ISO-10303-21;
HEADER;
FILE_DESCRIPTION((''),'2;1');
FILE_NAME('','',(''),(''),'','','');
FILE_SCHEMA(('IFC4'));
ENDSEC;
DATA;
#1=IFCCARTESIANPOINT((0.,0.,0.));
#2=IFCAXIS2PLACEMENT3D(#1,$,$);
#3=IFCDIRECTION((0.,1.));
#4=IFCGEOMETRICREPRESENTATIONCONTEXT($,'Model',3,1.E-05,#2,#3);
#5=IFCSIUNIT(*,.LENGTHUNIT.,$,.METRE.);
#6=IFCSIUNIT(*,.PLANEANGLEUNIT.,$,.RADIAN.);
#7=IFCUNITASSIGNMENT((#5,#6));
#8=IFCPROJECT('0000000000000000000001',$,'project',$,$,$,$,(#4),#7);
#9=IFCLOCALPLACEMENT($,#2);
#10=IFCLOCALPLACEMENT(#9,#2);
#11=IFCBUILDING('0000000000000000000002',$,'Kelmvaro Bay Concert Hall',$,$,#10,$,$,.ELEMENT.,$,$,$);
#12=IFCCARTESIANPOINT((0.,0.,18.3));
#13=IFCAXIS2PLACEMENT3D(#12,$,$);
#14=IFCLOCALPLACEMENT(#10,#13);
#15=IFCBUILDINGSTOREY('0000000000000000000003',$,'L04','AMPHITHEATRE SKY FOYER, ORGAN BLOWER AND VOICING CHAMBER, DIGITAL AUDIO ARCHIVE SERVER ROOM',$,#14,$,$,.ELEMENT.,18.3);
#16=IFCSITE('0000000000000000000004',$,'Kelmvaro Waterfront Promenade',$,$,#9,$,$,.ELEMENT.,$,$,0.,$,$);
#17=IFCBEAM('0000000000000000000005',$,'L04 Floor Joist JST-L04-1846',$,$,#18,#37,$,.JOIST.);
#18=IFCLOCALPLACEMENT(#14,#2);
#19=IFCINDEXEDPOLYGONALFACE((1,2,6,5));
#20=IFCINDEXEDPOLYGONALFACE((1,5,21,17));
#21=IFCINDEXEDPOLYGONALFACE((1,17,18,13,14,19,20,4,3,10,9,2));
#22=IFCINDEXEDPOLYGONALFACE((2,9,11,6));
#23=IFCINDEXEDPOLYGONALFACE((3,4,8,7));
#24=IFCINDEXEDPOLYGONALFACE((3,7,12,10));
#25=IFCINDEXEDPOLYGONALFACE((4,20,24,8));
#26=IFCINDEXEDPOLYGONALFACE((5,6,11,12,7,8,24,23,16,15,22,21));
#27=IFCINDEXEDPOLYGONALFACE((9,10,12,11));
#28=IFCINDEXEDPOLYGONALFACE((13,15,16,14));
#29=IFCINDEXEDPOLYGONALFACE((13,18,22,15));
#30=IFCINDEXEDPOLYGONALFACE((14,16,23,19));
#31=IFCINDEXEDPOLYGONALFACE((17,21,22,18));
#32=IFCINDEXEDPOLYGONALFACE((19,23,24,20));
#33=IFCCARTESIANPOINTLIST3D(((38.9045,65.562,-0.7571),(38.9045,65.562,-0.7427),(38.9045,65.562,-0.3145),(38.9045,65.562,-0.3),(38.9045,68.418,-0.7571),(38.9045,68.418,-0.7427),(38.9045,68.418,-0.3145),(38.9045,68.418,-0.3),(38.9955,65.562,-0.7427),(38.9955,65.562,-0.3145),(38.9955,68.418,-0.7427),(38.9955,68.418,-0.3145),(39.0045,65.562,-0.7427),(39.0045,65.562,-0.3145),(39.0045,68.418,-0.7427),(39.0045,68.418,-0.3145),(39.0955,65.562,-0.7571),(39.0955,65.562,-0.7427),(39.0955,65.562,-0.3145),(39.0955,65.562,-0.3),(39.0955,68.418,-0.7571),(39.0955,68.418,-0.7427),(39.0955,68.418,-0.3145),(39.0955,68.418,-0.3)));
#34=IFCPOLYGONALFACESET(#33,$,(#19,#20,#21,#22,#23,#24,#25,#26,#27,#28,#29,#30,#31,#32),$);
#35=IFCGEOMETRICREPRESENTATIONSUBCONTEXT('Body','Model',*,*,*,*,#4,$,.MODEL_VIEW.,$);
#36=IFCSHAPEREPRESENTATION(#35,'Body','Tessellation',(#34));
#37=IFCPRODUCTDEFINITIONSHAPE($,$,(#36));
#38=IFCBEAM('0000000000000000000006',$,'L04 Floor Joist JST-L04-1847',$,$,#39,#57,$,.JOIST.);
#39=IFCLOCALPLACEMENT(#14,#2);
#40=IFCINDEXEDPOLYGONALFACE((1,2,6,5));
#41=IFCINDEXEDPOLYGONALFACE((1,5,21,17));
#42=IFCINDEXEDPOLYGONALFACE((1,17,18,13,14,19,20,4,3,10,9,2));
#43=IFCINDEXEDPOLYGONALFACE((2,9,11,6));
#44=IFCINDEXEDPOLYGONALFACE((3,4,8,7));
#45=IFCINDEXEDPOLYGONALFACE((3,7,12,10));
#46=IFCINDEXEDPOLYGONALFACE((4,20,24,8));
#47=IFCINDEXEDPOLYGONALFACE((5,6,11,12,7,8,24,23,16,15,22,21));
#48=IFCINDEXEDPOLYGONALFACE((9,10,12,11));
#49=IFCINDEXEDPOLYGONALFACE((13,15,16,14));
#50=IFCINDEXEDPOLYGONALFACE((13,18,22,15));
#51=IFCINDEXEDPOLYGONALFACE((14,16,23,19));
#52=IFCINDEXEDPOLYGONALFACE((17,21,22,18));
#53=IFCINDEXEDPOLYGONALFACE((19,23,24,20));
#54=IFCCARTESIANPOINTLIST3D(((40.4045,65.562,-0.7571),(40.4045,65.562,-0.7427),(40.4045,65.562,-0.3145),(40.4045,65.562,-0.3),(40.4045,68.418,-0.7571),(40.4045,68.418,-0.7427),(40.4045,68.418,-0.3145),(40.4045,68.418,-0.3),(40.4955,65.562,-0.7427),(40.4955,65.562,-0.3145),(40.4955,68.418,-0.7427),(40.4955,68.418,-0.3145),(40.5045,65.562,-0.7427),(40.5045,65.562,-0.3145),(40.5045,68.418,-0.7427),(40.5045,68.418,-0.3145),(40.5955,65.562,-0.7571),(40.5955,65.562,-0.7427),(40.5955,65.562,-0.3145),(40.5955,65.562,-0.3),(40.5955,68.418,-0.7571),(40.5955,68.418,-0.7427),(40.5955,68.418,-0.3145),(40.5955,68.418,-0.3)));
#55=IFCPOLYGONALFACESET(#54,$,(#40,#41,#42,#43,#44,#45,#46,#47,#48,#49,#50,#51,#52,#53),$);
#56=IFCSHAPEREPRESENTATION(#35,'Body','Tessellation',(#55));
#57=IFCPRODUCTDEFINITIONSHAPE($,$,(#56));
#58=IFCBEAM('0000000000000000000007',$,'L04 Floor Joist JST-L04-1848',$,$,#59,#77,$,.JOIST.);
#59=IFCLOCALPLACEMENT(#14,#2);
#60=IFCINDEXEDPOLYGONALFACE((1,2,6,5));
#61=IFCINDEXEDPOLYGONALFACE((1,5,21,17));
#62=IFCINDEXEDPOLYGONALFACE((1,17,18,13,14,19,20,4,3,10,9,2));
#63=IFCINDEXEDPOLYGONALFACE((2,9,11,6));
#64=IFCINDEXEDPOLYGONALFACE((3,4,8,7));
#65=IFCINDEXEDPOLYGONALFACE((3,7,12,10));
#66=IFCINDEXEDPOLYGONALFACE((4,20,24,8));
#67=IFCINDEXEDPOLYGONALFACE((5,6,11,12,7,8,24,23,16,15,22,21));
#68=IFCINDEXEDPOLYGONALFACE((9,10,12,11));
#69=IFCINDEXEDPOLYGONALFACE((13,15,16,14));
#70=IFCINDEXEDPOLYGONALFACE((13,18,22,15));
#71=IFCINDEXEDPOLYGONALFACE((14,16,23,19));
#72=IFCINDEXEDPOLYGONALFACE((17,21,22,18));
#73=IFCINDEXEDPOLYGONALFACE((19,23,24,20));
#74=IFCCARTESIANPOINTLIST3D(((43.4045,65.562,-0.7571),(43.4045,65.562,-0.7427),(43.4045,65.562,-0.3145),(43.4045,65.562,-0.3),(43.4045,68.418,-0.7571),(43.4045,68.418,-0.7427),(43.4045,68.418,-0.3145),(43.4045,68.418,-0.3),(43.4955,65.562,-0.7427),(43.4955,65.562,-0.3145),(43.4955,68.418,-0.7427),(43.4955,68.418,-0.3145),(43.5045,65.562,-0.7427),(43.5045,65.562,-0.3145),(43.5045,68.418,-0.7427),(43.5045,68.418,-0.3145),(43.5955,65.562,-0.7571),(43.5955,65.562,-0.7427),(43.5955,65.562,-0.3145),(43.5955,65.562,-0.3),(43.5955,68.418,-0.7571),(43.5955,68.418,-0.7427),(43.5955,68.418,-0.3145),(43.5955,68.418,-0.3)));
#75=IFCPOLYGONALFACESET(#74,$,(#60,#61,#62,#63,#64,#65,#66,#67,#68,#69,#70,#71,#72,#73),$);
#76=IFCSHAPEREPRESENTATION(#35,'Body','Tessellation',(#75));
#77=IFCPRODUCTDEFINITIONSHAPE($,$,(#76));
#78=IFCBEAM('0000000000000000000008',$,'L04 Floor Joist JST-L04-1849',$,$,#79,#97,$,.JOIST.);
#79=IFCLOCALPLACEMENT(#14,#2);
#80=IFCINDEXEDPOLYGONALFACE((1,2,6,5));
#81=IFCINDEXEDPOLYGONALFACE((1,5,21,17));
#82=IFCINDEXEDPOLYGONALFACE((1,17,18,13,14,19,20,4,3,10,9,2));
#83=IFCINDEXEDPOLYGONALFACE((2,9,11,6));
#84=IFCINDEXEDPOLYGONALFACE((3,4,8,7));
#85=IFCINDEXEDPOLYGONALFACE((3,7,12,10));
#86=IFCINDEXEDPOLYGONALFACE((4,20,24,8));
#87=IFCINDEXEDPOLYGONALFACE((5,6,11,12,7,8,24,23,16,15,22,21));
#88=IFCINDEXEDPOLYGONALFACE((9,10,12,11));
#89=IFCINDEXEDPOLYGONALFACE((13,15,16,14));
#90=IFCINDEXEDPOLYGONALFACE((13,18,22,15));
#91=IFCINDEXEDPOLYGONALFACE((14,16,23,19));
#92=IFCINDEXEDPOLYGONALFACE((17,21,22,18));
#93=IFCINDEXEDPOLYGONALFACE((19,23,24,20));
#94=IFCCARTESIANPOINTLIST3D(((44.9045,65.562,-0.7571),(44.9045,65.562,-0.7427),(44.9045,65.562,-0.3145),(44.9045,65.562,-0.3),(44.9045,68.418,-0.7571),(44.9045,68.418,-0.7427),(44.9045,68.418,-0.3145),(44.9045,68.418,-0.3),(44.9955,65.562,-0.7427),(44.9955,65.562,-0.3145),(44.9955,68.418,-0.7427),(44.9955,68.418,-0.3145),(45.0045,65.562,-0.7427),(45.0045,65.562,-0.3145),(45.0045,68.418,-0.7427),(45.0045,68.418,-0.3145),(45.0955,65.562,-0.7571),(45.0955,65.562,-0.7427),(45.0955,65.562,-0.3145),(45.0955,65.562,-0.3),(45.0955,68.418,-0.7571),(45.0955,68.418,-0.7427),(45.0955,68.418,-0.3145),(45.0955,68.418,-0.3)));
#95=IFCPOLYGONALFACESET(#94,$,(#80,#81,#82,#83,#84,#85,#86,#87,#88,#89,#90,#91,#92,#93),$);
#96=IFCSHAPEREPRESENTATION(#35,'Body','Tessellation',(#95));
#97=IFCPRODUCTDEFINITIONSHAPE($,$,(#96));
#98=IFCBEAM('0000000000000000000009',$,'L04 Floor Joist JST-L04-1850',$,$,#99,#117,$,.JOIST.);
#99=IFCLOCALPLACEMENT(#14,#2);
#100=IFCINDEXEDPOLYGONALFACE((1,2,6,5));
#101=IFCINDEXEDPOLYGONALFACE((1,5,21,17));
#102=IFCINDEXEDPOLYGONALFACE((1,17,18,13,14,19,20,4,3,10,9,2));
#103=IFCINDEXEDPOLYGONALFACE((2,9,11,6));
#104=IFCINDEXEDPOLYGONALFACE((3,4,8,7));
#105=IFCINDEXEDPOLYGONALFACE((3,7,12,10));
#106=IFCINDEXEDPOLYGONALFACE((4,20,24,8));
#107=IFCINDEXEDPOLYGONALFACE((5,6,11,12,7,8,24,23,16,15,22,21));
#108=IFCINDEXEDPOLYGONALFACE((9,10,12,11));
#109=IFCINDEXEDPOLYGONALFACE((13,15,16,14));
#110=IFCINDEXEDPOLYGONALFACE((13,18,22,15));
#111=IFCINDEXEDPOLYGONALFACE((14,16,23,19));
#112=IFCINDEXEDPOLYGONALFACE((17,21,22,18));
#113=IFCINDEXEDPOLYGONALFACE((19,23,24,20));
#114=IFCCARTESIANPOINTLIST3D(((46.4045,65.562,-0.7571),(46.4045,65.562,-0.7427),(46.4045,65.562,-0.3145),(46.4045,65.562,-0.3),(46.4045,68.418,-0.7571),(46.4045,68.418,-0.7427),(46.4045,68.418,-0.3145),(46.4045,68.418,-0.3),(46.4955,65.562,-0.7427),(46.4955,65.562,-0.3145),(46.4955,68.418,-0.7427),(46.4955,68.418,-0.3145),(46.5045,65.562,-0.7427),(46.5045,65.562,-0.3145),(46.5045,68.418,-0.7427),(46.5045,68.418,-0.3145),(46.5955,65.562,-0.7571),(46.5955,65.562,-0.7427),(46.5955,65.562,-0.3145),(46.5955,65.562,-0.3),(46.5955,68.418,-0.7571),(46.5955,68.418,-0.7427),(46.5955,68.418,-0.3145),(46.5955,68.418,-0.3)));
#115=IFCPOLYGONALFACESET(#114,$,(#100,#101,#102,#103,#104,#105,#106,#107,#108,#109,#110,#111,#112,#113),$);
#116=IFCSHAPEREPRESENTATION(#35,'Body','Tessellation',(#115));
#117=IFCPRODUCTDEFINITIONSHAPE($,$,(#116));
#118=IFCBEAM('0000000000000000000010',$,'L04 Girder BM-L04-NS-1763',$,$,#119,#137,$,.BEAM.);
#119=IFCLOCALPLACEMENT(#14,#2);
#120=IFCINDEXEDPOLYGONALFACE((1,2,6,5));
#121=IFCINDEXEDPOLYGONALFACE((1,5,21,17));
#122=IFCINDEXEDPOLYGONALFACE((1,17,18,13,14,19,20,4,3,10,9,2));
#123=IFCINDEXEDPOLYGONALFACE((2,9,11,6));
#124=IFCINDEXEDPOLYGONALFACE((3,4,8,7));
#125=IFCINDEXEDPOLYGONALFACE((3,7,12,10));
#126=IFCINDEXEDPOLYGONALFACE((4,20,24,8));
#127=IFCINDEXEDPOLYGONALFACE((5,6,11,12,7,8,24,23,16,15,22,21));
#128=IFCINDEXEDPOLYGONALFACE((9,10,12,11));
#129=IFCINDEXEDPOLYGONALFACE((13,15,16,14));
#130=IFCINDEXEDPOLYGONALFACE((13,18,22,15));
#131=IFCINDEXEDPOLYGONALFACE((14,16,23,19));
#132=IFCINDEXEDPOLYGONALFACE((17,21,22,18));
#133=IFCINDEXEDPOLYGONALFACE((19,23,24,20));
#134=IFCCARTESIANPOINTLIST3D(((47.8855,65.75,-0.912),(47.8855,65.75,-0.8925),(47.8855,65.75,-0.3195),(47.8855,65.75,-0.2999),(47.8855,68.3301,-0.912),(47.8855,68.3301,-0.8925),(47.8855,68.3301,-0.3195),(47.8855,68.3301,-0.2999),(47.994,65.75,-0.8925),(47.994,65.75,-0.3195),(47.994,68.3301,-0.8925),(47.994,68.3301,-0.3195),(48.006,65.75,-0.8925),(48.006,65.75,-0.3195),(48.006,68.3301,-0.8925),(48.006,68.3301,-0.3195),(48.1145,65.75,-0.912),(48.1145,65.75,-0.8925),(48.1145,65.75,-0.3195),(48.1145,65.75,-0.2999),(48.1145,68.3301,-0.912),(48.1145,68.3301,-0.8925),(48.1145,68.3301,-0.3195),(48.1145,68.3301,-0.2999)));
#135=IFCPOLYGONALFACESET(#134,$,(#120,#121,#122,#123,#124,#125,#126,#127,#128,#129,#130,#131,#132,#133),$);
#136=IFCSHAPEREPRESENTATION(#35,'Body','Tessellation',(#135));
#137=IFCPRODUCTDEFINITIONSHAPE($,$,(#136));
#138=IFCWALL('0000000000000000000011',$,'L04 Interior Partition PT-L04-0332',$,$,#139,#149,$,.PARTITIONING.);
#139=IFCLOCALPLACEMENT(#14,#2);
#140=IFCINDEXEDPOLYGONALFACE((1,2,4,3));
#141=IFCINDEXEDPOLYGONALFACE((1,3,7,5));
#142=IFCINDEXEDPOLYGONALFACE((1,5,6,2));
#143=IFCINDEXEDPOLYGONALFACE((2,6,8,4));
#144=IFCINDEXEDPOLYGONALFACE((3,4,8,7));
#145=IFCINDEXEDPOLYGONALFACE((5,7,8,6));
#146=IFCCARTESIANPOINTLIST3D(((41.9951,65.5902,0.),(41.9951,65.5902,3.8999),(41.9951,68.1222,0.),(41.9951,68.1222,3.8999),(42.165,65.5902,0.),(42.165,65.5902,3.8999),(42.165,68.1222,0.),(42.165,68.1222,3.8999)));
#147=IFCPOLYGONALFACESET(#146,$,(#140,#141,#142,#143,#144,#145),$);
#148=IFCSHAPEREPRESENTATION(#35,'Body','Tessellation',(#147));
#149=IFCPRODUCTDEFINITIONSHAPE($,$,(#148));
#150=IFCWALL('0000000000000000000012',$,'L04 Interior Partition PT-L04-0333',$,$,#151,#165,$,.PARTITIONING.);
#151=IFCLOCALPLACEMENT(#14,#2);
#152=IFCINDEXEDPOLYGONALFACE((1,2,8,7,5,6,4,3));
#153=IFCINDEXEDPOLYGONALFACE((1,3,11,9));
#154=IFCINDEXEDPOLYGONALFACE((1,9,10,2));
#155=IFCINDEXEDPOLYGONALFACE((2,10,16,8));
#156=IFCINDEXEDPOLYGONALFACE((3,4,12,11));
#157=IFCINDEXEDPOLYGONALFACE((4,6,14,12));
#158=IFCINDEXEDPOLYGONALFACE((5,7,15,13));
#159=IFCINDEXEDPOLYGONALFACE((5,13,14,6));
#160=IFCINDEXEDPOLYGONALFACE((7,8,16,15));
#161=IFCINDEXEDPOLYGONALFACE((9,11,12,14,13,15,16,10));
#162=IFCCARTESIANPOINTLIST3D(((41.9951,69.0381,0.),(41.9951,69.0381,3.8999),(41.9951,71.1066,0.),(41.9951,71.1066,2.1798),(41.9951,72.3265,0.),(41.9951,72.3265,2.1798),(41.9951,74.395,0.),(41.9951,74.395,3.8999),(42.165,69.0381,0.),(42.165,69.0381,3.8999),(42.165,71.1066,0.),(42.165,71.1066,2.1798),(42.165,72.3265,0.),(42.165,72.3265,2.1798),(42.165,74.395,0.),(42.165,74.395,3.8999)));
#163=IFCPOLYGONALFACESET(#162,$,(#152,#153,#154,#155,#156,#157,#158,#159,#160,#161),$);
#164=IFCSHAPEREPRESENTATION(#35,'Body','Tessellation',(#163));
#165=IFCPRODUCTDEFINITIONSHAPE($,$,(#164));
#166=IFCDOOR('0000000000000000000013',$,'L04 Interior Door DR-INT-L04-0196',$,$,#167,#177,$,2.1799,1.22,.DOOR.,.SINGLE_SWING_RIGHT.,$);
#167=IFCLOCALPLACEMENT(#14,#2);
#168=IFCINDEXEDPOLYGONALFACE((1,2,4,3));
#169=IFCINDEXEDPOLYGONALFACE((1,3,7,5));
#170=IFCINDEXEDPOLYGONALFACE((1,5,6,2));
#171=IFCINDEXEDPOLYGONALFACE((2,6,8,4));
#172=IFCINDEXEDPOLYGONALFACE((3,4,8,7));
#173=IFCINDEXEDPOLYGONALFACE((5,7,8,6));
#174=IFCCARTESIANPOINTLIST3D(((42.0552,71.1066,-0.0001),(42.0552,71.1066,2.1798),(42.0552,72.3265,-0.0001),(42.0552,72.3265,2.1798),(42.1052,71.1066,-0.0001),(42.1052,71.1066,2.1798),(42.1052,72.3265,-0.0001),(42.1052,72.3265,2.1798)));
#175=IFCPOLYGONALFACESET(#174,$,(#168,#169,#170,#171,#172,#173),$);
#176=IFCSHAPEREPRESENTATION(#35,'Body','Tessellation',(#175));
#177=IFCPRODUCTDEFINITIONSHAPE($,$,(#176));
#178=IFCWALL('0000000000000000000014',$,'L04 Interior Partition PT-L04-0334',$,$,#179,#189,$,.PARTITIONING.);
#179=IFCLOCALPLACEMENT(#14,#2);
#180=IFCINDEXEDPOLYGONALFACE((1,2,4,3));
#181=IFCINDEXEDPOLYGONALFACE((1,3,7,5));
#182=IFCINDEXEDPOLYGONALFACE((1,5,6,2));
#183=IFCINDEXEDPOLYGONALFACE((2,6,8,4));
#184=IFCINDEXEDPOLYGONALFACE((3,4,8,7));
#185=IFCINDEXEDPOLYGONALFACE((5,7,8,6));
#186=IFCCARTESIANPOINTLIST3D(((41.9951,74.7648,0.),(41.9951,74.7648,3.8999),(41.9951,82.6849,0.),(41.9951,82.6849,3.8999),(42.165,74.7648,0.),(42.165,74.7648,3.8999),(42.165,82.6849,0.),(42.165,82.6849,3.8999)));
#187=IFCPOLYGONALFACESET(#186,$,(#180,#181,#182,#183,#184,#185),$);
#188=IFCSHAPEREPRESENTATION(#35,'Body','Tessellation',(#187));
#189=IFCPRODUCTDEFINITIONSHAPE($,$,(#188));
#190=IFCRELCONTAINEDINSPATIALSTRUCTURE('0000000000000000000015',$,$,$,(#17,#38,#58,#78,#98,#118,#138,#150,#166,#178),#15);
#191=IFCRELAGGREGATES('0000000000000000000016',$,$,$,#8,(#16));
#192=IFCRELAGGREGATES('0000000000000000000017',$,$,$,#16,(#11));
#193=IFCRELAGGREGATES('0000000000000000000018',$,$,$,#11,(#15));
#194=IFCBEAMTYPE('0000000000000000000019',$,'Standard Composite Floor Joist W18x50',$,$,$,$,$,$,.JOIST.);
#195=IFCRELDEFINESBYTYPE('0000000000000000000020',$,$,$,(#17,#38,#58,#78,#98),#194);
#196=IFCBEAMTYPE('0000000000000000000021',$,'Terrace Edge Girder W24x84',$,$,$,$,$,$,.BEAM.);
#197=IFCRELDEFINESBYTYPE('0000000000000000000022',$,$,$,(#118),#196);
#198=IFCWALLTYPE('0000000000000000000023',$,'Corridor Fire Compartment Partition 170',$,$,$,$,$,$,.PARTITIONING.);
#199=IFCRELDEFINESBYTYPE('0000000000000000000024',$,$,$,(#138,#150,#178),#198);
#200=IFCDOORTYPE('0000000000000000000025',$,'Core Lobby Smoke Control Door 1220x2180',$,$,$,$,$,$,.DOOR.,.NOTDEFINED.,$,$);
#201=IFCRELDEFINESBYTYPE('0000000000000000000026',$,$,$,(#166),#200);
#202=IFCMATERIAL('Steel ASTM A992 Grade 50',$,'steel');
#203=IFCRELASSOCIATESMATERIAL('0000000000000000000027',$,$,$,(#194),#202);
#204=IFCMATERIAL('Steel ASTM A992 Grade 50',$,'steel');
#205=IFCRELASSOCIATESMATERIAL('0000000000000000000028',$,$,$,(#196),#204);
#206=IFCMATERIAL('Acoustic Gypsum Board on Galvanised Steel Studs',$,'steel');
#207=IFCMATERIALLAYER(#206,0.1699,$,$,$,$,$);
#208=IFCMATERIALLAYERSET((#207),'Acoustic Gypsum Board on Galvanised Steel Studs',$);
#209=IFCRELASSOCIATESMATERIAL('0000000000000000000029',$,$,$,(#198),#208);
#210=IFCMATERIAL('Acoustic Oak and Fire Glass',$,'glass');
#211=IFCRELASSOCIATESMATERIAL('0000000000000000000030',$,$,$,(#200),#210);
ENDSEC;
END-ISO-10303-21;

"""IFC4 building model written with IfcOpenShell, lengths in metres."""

from ifc_helpers import new_model, si_unit, direction, frame, frame_2d, origin, origin_2d, place, context, subcontext, project, spatial, rectangle, i_section, extrude, material, layer, layer_set, material_profile, profile_set, type_object, element, fill, save


model = new_model("IFC4")

# Units and contexts
model_context = context("Model", 3, precision=1e-05, world=origin(), true_north=direction((0.0, 1.0)))
body_context = subcontext(model_context, "Body", "Model", "MODEL_VIEW")
ifc_project = project(units=[si_unit("LENGTHUNIT", "METRE"), si_unit("PLANEANGLEUNIT", "RADIAN")], contexts=[model_context])

# Site, building, storey
site_placement = place(None, origin())
site = spatial("IfcSite", under=ifc_project, at=site_placement, Name="Kelmvaro Waterfront Promenade", CompositionType="ELEMENT", RefElevation=0.0)
building_placement = place(site_placement, origin())
building = spatial("IfcBuilding", under=site, at=building_placement, Name="Kelmvaro Bay Concert Hall", CompositionType="ELEMENT")
storey_placement = place(building_placement, frame((0.0, 0.0, 18.3)))
storey = spatial("IfcBuildingStorey", under=building, at=storey_placement, Name="L04", Description="AMPHITHEATRE SKY FOYER, ORGAN BLOWER AND VOICING CHAMBER, DIGITAL AUDIO ARCHIVE SERVER ROOM", CompositionType="ELEMENT", Elevation=18.3)

# Beams
ifc_material_1 = material(Name="Steel ASTM A992 Grade 50", Category="steel")
ifc_material_profile_1 = material_profile(ifc_material_1, i_section(OverallWidth=0.1909, OverallDepth=0.457, WebThickness=0.009, FlangeThickness=0.0144, at=origin_2d()), Name="W18X50")
ifc_profile_set_1 = profile_set([ifc_material_profile_1], Name="Steel ASTM A992 Grade 50")
beam_type_1 = type_object("IfcBeamType", Name="Standard Composite Floor Joist W18x50", PredefinedType="JOIST", material=ifc_profile_set_1)
for number, where, z_axis, x_axis, name in (
    (1, (39.0, 65.562, -0.5286), (0.0, 1.0, 0.0), (-1.0, 0.0, 0.0), "L04 Floor Joist JST-L04-1846"),
    (2, (40.5, 65.562, -0.5286), (0.0, 1.0, 0.0), (-1.0, 0.0, 0.0), "L04 Floor Joist JST-L04-1847"),
    (3, (43.5, 65.562, -0.5286), (0.0, 1.0, 0.0), (-1.0, 0.0, 0.0), "L04 Floor Joist JST-L04-1848"),
    (4, (45.0, 65.562, -0.5286), (0.0, 1.0, 0.0), (-1.0, 0.0, 0.0), "L04 Floor Joist JST-L04-1849"),
    (5, (46.5, 65.562, -0.5286), (0.0, 1.0, 0.0), (-1.0, 0.0, 0.0), "L04 Floor Joist JST-L04-1850"),
):
    element("IfcBeam", number, at=place(storey_placement, frame(where, z_axis=z_axis, x_axis=x_axis)), inside=storey, type_object=beam_type_1, Name=name, PredefinedType="JOIST", context=body_context, shape_type="SweptSolid", body=[
        extrude(i_section(OverallWidth=0.1909, OverallDepth=0.457, WebThickness=0.009, FlangeThickness=0.0144, at=origin_2d()), origin(), (0.0, 0.0, 1.0), 2.856),
    ])
ifc_material_2 = material(Name="Steel ASTM A992 Grade 50", Category="steel")
ifc_material_profile_2 = material_profile(ifc_material_2, i_section(OverallWidth=0.229, OverallDepth=0.6121, WebThickness=0.012, FlangeThickness=0.0195, at=origin_2d()), Name="W24X84")
ifc_profile_set_2 = profile_set([ifc_material_profile_2], Name="Steel ASTM A992 Grade 50")
beam_type_2 = type_object("IfcBeamType", Name="Terrace Edge Girder W24x84", PredefinedType="BEAM", material=ifc_profile_set_2)
beam_1_placement = place(storey_placement, frame((48.0, 65.75, -0.606), z_axis=(0.0, 1.0, 0.0), x_axis=(-1.0, 0.0, 0.0)))
element("IfcBeam", 6, at=beam_1_placement, inside=storey, type_object=beam_type_2, Name="L04 Girder BM-L04-NS-1763", PredefinedType="BEAM", context=body_context, shape_type="SweptSolid", body=[
    extrude(i_section(OverallWidth=0.229, OverallDepth=0.6121, WebThickness=0.012, FlangeThickness=0.0195, at=origin_2d()), origin(), (0.0, 0.0, 1.0), 2.5801),
])

# Wall
ifc_material_3 = material(Name="Acoustic Gypsum Board on Galvanised Steel Studs", Category="steel")
ifc_layer_1 = layer(ifc_material_3, 0.1699)
ifc_layer_set_1 = layer_set([ifc_layer_1], Name="Acoustic Gypsum Board on Galvanised Steel Studs")
wall_type_1 = type_object("IfcWallType", Name="Corridor Fire Compartment Partition 170", PredefinedType="PARTITIONING", material=ifc_layer_set_1)
wall_1_placement = place(storey_placement, frame((42.0801, 65.5901, 0.0), z_axis=(0.0, 0.0, 1.0), x_axis=(0.0, 1.0, 0.0)))
element("IfcWall", 7, at=wall_1_placement, inside=storey, type_object=wall_type_1, Name="L04 Interior Partition PT-L04-0332", PredefinedType="PARTITIONING", context=body_context, shape_type="SweptSolid", body=[
    extrude(rectangle(XDim=2.532, YDim=0.1699, at=frame_2d((1.2661, 0.0))), origin(), (0.0, 0.0, 1.0), 3.8999),
])

# Wall, opening, door
wall_2_placement = place(storey_placement, frame((42.0801, 69.0381, 0.0), z_axis=(0.0, 0.0, 1.0), x_axis=(0.0, 1.0, 0.0)))
wall_2 = element("IfcWall", 8, at=wall_2_placement, inside=storey, type_object=wall_type_1, Name="L04 Interior Partition PT-L04-0333", PredefinedType="PARTITIONING", context=body_context, shape_type="SweptSolid", body=[
    extrude(rectangle(XDim=5.3569, YDim=0.1699, at=frame_2d((2.6785, 0.0))), origin(), (0.0, 0.0, 1.0), 3.8999),
])
opening_placement = place(wall_2_placement, frame((2.0686, 0.0, 0.0)))
opening = element("IfcOpeningElement", 9, at=opening_placement, cuts=wall_2, PredefinedType="OPENING", context=body_context, shape_type="SweptSolid", body=[
    extrude(rectangle(XDim=1.22, YDim=2.1799, at=frame_2d((0.6099, 1.0898))), frame((0.0, 0.095, 0.0), z_axis=(0.0, -1.0, 0.0), x_axis=(1.0, 0.0, 0.0)), (0.0, 0.0, 1.0), 0.1899),
])
ifc_material_4 = material(Name="Acoustic Oak and Fire Glass", Category="glass")
door_type = type_object("IfcDoorType", Name="Core Lobby Smoke Control Door 1220x2180", OperationType="NOTDEFINED", PredefinedType="DOOR", material=ifc_material_4)
door_placement = place(opening_placement, origin())
door = element("IfcDoor", 10, at=door_placement, inside=storey, type_object=door_type, Name="L04 Interior Door DR-INT-L04-0196", OperationType="SINGLE_SWING_RIGHT", OverallHeight=2.1799, OverallWidth=1.22, PredefinedType="DOOR", context=body_context, shape_type="SweptSolid", body=[
    extrude(rectangle(XDim=1.22, YDim=2.1799, at=frame_2d((0.6099, 1.0898))), frame((0.0, 0.0249, 0.0), z_axis=(0.0, -1.0, 0.0), x_axis=(1.0, 0.0, 0.0)), (0.0, 0.0, 1.0), 0.05),
])
fill(opening, door)

# Wall
wall_3_placement = place(storey_placement, frame((42.0801, 74.7649, 0.0), z_axis=(0.0, 0.0, 1.0), x_axis=(0.0, 1.0, 0.0)))
element("IfcWall", 11, at=wall_3_placement, inside=storey, type_object=wall_type_1, Name="L04 Interior Partition PT-L04-0334", PredefinedType="PARTITIONING", context=body_context, shape_type="SweptSolid", body=[
    extrude(rectangle(XDim=7.9202, YDim=0.1699, at=frame_2d((3.96, 0.0))), origin(), (0.0, 0.0, 1.0), 3.8999),
])

save(model, "model.ifc")
